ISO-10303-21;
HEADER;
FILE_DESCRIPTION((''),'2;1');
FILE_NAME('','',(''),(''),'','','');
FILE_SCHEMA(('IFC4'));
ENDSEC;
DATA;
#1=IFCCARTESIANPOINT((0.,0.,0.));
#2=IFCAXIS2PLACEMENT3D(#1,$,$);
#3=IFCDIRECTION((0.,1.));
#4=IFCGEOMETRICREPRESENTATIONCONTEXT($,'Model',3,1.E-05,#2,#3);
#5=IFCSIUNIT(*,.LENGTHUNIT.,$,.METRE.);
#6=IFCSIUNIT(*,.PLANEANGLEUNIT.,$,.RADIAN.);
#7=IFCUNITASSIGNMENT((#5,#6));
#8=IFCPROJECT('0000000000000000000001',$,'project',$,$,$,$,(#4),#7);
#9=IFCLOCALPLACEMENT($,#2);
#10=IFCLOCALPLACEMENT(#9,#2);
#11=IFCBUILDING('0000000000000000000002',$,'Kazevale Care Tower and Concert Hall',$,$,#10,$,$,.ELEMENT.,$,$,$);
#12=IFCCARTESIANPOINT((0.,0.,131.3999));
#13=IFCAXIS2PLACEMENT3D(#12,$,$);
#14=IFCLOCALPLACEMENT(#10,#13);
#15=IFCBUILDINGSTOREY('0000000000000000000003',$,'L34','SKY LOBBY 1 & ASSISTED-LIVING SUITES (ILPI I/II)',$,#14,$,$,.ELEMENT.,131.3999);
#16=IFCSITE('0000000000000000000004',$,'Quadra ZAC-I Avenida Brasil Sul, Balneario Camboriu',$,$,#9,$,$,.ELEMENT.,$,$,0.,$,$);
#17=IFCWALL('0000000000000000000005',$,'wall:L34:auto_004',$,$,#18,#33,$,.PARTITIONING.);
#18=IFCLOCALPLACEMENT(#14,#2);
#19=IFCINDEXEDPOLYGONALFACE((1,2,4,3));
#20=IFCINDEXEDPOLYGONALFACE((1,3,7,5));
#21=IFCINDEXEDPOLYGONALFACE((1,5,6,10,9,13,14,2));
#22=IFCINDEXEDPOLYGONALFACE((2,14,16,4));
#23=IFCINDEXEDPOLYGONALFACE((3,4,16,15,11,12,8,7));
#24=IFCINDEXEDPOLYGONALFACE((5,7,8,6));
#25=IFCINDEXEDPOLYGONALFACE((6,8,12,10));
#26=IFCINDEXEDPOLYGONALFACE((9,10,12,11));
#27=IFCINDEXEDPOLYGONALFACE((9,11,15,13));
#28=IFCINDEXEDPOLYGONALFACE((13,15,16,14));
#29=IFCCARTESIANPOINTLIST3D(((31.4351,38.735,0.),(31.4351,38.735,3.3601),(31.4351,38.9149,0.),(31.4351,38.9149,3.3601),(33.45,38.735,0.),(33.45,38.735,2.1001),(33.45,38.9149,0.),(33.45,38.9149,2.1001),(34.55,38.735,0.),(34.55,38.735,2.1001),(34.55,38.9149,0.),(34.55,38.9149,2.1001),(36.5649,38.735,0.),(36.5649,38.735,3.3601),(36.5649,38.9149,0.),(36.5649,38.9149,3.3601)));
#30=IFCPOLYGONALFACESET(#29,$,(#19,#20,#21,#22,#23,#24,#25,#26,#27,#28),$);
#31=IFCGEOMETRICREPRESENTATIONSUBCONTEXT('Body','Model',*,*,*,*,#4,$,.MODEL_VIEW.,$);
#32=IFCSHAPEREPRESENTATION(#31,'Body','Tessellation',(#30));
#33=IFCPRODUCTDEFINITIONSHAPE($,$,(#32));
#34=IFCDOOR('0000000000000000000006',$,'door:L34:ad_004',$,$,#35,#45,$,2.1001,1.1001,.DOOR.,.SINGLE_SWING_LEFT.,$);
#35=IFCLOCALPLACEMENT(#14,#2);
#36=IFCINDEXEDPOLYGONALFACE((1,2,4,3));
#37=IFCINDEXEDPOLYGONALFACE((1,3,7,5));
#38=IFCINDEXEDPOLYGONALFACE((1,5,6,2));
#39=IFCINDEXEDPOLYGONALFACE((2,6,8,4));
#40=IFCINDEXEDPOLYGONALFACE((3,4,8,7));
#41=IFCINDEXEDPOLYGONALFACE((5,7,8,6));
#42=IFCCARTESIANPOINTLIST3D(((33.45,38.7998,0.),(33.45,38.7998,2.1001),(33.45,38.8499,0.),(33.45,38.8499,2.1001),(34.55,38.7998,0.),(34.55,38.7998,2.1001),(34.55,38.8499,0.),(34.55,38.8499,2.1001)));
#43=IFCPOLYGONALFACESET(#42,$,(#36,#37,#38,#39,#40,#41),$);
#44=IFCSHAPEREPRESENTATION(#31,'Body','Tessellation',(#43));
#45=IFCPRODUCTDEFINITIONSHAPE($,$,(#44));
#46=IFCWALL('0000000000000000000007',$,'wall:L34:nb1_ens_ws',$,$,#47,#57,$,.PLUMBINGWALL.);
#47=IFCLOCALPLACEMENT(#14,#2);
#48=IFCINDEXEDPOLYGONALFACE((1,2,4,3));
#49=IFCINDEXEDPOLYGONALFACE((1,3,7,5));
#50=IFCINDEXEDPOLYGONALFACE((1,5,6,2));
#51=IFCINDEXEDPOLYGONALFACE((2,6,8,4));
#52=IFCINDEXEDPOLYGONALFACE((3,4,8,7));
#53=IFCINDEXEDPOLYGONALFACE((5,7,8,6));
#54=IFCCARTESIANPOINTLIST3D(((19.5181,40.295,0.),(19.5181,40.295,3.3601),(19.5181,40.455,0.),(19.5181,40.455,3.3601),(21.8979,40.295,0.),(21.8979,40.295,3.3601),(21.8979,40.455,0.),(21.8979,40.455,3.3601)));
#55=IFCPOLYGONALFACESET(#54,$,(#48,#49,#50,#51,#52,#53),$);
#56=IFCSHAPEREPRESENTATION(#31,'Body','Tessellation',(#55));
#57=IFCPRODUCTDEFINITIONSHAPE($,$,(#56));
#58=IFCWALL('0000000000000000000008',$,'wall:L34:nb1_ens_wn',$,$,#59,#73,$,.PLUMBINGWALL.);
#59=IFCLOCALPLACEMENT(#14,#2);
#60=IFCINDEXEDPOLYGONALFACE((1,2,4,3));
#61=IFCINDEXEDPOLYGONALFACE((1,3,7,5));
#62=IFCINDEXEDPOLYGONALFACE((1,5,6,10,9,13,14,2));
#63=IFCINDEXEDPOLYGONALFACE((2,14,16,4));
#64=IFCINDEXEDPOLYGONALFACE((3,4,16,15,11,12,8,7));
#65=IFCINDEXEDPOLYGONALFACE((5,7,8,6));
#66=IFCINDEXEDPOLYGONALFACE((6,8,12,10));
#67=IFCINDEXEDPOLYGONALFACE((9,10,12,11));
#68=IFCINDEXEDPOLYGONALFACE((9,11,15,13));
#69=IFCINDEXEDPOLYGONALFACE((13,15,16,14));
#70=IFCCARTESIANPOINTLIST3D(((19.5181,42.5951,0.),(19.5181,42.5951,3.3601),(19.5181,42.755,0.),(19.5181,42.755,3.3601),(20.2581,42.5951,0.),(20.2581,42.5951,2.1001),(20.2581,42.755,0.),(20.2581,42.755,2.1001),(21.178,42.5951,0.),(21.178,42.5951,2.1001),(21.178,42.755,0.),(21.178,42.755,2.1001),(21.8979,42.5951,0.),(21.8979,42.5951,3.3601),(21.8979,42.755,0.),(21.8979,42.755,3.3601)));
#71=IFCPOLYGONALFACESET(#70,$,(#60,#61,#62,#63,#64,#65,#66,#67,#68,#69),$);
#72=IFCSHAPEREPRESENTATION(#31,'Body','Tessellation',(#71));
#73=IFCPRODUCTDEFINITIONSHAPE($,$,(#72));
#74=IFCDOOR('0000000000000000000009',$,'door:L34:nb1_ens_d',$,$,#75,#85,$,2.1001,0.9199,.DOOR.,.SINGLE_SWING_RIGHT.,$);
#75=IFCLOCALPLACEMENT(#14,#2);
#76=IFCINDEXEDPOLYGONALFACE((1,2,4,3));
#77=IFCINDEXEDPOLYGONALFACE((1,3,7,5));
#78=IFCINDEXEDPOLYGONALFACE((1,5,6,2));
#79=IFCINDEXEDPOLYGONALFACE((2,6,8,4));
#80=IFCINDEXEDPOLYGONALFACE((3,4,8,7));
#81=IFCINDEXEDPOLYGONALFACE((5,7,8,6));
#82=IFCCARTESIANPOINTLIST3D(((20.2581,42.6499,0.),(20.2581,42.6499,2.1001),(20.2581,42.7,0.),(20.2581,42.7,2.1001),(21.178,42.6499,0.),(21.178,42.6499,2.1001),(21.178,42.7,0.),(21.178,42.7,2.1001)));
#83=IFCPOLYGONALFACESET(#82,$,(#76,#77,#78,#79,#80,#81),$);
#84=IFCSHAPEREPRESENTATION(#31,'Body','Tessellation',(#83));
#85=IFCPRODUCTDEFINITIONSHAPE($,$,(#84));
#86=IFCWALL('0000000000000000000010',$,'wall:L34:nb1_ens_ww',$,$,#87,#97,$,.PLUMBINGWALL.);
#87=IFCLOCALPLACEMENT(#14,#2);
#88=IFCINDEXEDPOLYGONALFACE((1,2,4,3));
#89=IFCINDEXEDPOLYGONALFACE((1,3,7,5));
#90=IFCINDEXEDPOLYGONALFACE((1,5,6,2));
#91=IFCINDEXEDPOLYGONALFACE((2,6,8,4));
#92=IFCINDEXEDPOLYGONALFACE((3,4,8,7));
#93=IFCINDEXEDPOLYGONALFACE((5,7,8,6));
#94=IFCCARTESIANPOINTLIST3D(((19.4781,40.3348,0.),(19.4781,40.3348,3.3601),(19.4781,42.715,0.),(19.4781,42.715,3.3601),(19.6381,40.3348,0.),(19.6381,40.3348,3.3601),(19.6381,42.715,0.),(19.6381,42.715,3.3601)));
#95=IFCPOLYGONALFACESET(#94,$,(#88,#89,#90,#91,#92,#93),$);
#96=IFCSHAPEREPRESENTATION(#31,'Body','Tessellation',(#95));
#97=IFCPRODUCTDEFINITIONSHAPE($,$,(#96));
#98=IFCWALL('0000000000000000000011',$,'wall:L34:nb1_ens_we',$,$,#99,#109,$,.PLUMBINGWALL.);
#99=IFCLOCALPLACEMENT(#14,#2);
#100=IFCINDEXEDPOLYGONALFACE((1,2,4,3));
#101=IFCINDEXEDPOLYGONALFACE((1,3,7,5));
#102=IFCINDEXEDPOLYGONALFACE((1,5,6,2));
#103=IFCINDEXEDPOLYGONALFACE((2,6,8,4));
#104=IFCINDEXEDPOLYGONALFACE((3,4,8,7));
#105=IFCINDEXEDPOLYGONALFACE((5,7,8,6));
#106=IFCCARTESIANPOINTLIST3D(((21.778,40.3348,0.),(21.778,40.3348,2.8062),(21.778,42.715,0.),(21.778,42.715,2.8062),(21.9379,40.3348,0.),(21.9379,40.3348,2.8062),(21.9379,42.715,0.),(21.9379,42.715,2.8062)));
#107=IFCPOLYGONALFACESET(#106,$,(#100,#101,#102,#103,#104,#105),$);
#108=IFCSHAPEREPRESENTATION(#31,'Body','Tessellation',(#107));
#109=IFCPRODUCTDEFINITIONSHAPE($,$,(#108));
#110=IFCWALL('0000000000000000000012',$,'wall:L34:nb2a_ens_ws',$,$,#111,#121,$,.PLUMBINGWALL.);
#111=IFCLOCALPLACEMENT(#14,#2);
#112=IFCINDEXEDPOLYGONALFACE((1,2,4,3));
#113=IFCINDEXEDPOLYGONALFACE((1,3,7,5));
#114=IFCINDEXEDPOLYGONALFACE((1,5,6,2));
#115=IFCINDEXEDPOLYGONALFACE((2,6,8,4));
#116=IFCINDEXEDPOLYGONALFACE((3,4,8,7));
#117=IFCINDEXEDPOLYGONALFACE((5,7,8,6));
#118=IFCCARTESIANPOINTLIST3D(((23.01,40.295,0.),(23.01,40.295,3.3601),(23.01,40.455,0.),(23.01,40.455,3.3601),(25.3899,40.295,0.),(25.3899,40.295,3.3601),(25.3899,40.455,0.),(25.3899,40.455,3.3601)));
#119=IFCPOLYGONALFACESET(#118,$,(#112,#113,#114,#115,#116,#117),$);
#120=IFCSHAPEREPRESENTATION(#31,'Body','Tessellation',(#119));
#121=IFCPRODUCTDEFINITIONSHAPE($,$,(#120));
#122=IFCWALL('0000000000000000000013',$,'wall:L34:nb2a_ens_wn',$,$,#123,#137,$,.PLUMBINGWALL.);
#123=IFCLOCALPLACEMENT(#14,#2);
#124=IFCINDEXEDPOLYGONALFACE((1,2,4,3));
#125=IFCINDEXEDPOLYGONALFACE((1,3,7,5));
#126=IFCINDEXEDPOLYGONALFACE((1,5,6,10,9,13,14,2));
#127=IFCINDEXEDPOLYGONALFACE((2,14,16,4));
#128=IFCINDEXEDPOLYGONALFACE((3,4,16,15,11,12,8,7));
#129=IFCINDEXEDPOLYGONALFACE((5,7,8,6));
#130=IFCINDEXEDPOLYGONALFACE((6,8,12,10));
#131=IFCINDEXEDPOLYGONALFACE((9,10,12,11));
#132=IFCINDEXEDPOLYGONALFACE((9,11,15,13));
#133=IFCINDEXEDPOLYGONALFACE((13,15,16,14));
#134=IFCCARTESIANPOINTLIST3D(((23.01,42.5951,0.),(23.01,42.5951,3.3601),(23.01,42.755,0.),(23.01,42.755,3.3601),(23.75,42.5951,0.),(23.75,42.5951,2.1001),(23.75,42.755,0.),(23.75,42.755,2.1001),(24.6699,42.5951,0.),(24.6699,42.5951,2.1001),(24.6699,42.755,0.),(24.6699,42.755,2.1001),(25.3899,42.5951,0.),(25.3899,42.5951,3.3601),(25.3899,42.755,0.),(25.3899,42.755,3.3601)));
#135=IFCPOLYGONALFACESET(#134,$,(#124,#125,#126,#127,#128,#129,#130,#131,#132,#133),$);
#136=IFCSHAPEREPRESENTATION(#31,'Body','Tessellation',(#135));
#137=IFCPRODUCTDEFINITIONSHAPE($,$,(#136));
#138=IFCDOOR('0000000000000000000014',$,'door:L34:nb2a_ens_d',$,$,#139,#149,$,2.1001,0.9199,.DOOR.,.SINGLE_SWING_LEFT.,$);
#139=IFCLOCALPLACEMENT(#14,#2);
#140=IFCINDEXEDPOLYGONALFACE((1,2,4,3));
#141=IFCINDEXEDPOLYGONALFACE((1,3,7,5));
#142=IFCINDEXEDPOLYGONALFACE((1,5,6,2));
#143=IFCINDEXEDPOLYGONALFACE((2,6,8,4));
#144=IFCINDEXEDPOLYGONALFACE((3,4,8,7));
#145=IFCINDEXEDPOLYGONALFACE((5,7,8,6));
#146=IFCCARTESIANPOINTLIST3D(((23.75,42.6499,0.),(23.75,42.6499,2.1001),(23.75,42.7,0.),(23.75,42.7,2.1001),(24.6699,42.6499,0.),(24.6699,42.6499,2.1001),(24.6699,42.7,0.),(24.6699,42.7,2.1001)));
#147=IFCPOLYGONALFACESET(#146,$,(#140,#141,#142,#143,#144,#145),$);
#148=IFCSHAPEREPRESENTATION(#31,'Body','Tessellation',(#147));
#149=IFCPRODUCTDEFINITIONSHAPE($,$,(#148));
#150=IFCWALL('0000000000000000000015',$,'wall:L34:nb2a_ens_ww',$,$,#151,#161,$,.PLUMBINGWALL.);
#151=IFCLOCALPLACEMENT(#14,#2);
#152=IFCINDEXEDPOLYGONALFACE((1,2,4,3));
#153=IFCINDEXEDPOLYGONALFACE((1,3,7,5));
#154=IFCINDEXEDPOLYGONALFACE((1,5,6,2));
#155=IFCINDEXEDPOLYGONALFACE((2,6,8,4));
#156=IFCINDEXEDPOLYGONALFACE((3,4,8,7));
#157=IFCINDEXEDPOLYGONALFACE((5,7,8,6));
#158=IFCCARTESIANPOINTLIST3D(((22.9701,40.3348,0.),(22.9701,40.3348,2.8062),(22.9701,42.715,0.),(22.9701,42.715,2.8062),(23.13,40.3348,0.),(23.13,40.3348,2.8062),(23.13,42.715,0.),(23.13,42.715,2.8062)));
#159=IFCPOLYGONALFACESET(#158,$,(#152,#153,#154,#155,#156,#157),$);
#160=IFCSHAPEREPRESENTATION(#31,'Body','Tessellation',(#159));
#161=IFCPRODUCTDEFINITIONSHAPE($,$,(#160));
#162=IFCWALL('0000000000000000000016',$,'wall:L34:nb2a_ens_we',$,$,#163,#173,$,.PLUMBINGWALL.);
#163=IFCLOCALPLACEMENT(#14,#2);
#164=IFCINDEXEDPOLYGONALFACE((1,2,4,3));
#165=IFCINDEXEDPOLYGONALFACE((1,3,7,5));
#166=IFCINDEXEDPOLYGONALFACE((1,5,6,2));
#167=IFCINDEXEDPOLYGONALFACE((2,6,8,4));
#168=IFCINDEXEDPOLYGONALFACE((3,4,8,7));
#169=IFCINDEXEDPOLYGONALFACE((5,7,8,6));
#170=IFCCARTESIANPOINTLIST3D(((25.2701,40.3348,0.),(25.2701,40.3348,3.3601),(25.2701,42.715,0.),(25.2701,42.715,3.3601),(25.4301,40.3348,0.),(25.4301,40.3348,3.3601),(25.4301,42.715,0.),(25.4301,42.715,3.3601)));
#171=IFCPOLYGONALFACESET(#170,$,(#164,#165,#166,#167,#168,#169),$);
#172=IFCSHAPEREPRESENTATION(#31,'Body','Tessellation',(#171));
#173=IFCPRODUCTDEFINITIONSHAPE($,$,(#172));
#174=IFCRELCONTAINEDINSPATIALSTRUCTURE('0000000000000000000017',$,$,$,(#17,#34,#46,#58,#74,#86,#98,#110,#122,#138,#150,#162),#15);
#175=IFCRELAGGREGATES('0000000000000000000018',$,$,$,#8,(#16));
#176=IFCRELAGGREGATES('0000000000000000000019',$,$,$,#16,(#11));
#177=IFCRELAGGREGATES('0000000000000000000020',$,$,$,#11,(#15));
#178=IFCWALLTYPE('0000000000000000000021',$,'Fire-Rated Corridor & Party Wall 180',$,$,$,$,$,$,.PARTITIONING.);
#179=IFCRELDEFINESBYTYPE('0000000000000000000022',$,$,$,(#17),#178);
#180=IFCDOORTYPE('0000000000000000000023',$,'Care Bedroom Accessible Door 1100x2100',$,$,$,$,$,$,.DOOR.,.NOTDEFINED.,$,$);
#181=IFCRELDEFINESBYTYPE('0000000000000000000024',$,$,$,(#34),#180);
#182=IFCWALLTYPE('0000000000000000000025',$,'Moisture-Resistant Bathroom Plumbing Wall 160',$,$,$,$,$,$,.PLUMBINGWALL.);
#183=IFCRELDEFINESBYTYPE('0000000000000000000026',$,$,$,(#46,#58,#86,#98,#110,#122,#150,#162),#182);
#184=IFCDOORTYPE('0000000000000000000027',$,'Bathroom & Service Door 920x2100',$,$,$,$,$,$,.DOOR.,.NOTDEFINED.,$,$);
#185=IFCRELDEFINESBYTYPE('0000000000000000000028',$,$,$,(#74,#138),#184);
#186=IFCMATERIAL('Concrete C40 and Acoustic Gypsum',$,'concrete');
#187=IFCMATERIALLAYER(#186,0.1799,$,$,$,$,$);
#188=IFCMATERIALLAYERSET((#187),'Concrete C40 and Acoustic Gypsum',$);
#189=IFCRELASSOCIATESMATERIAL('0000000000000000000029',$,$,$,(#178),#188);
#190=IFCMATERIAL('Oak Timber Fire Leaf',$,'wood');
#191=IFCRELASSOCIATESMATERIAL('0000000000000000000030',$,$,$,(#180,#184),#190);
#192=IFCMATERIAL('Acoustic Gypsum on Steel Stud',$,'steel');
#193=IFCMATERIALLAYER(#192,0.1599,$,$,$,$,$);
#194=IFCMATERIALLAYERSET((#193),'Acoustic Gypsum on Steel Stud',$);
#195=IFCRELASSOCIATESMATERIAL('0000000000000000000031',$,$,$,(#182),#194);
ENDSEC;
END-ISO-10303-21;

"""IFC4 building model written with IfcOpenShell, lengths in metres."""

from ifc_helpers import new_model, si_unit, direction, frame, frame_2d, origin, place, context, subcontext, project, spatial, rectangle, extrude, material, layer, layer_set, type_object, element, fill, save


model = new_model("IFC4")

# Units and contexts
model_context = context("Model", 3, precision=1e-05, world=origin(), true_north=direction((0.0, 1.0)))
body_context = subcontext(model_context, "Body", "Model", "MODEL_VIEW")
ifc_project = project(units=[si_unit("LENGTHUNIT", "METRE"), si_unit("PLANEANGLEUNIT", "RADIAN")], contexts=[model_context])

# Site, building, storey
site_placement = place(None, origin())
site = spatial("IfcSite", under=ifc_project, at=site_placement, Name="Quadra ZAC-I Avenida Brasil Sul, Balneario Camboriu", CompositionType="ELEMENT", RefElevation=0.0)
building_placement = place(site_placement, origin())
building = spatial("IfcBuilding", under=site, at=building_placement, Name="Kazevale Care Tower and Concert Hall", CompositionType="ELEMENT")
storey_placement = place(building_placement, frame((0.0, 0.0, 131.3999)))
storey = spatial("IfcBuildingStorey", under=building, at=storey_placement, Name="L34", Description="SKY LOBBY 1 & ASSISTED-LIVING SUITES (ILPI I/II)", CompositionType="ELEMENT", Elevation=131.3999)

# Wall, opening, door
ifc_material_1 = material(Name="Concrete C40 and Acoustic Gypsum", Category="concrete")
ifc_layer_1 = layer(ifc_material_1, 0.1799)
ifc_layer_set_1 = layer_set([ifc_layer_1], Name="Concrete C40 and Acoustic Gypsum")
wall_type_1 = type_object("IfcWallType", Name="Fire-Rated Corridor & Party Wall 180", PredefinedType="PARTITIONING", material=ifc_layer_set_1)
wall_1_placement = place(storey_placement, frame((31.4351, 38.825, 0.0), z_axis=(0.0, 0.0, 1.0), x_axis=(1.0, 0.0, 0.0)))
wall_1 = element("IfcWall", 1, at=wall_1_placement, inside=storey, type_object=wall_type_1, Name="wall:L34:auto_004", PredefinedType="PARTITIONING", context=body_context, shape_type="SweptSolid", body=[
    extrude(rectangle(XDim=5.1299, YDim=0.1799, at=frame_2d((2.5649, 0.0))), origin(), (0.0, 0.0, 1.0), 3.3601),
])
opening_1_placement = place(wall_1_placement, frame((2.0149, 0.0, 0.0)))
opening_1 = element("IfcOpeningElement", 2, at=opening_1_placement, cuts=wall_1, PredefinedType="OPENING", context=body_context, shape_type="SweptSolid", body=[
    extrude(rectangle(XDim=1.1001, YDim=2.1001, at=frame_2d((0.55, 1.05))), frame((0.0, 0.0999, 0.0), z_axis=(0.0, -1.0, 0.0), x_axis=(1.0, 0.0, 0.0)), (0.0, 0.0, 1.0), 0.2),
])
ifc_material_2 = material(Name="Oak Timber Fire Leaf", Category="wood")
door_type_1 = type_object("IfcDoorType", Name="Care Bedroom Accessible Door 1100x2100", OperationType="NOTDEFINED", PredefinedType="DOOR", material=ifc_material_2)
door_1_placement = place(opening_1_placement, origin())
door_1 = element("IfcDoor", 3, at=door_1_placement, inside=storey, type_object=door_type_1, Name="door:L34:ad_004", OperationType="SINGLE_SWING_LEFT", OverallHeight=2.1001, OverallWidth=1.1001, PredefinedType="DOOR", context=body_context, shape_type="SweptSolid", body=[
    extrude(rectangle(XDim=1.1001, YDim=2.1001, at=frame_2d((0.55, 1.05))), frame((0.0, 0.0249, 0.0), z_axis=(0.0, -1.0, 0.0), x_axis=(1.0, 0.0, 0.0)), (0.0, 0.0, 1.0), 0.05),
])
fill(opening_1, door_1)

# Wall
ifc_material_3 = material(Name="Acoustic Gypsum on Steel Stud", Category="steel")
ifc_layer_2 = layer(ifc_material_3, 0.1599)
ifc_layer_set_2 = layer_set([ifc_layer_2], Name="Acoustic Gypsum on Steel Stud")
wall_type_2 = type_object("IfcWallType", Name="Moisture-Resistant Bathroom Plumbing Wall 160", PredefinedType="PLUMBINGWALL", material=ifc_layer_set_2)
wall_2_placement = place(storey_placement, frame((19.5181, 40.375, 0.0), z_axis=(0.0, 0.0, 1.0), x_axis=(1.0, 0.0, 0.0)))
element("IfcWall", 4, at=wall_2_placement, inside=storey, type_object=wall_type_2, Name="wall:L34:nb1_ens_ws", PredefinedType="PLUMBINGWALL", context=body_context, shape_type="SweptSolid", body=[
    extrude(rectangle(XDim=2.3799, YDim=0.1599, at=frame_2d((1.1899, 0.0))), origin(), (0.0, 0.0, 1.0), 3.3601),
])

# Wall, opening, door
wall_3_placement = place(storey_placement, frame((19.5181, 42.675, 0.0), z_axis=(0.0, 0.0, 1.0), x_axis=(1.0, 0.0, 0.0)))
wall_3 = element("IfcWall", 5, at=wall_3_placement, inside=storey, type_object=wall_type_2, Name="wall:L34:nb1_ens_wn", PredefinedType="PLUMBINGWALL", context=body_context, shape_type="SweptSolid", body=[
    extrude(rectangle(XDim=2.3799, YDim=0.1599, at=frame_2d((1.1899, 0.0))), origin(), (0.0, 0.0, 1.0), 3.3601),
])
opening_2_placement = place(wall_3_placement, frame((0.74, 0.0, 0.0)))
opening_2 = element("IfcOpeningElement", 6, at=opening_2_placement, cuts=wall_3, PredefinedType="OPENING", context=body_context, shape_type="SweptSolid", body=[
    extrude(rectangle(XDim=0.9199, YDim=2.1001, at=frame_2d((0.46, 1.05))), frame((0.0, 0.0898, 0.0), z_axis=(0.0, -1.0, 0.0), x_axis=(1.0, 0.0, 0.0)), (0.0, 0.0, 1.0), 0.1799),
])
door_type_2 = type_object("IfcDoorType", Name="Bathroom & Service Door 920x2100", OperationType="NOTDEFINED", PredefinedType="DOOR", material=ifc_material_2)
door_2_placement = place(opening_2_placement, origin())
door_2 = element("IfcDoor", 7, at=door_2_placement, inside=storey, type_object=door_type_2, Name="door:L34:nb1_ens_d", OperationType="SINGLE_SWING_RIGHT", OverallHeight=2.1001, OverallWidth=0.9199, PredefinedType="DOOR", context=body_context, shape_type="SweptSolid", body=[
    extrude(rectangle(XDim=0.9199, YDim=2.1001, at=frame_2d((0.46, 1.05))), frame((0.0, 0.0249, 0.0), z_axis=(0.0, -1.0, 0.0), x_axis=(1.0, 0.0, 0.0)), (0.0, 0.0, 1.0), 0.05),
])
fill(opening_2, door_2)

# Walls
wall_4_placement = place(storey_placement, frame((19.5581, 40.335, 0.0), z_axis=(0.0, 0.0, 1.0), x_axis=(0.0, 1.0, 0.0)))
element("IfcWall", 8, at=wall_4_placement, inside=storey, type_object=wall_type_2, Name="wall:L34:nb1_ens_ww", PredefinedType="PLUMBINGWALL", context=body_context, shape_type="SweptSolid", body=[
    extrude(rectangle(XDim=2.3801, YDim=0.1599, at=frame_2d((1.1899, 0.0))), origin(), (0.0, 0.0, 1.0), 3.3601),
])
wall_5_placement = place(storey_placement, frame((21.8579, 40.335, 0.0), z_axis=(0.0, 0.0, 1.0), x_axis=(0.0, 1.0, 0.0)))
element("IfcWall", 9, at=wall_5_placement, inside=storey, type_object=wall_type_2, Name="wall:L34:nb1_ens_we", PredefinedType="PLUMBINGWALL", context=body_context, shape_type="SweptSolid", body=[
    extrude(rectangle(XDim=2.3801, YDim=0.1599, at=frame_2d((1.1899, 0.0))), origin(), (0.0, 0.0, 1.0), 2.8062),
])
wall_6_placement = place(storey_placement, frame((23.01, 40.375, 0.0), z_axis=(0.0, 0.0, 1.0), x_axis=(1.0, 0.0, 0.0)))
element("IfcWall", 10, at=wall_6_placement, inside=storey, type_object=wall_type_2, Name="wall:L34:nb2a_ens_ws", PredefinedType="PLUMBINGWALL", context=body_context, shape_type="SweptSolid", body=[
    extrude(rectangle(XDim=2.3799, YDim=0.1599, at=frame_2d((1.1899, 0.0))), origin(), (0.0, 0.0, 1.0), 3.3601),
])

# Wall, opening, door
wall_7_placement = place(storey_placement, frame((23.01, 42.675, 0.0), z_axis=(0.0, 0.0, 1.0), x_axis=(1.0, 0.0, 0.0)))
wall_7 = element("IfcWall", 11, at=wall_7_placement, inside=storey, type_object=wall_type_2, Name="wall:L34:nb2a_ens_wn", PredefinedType="PLUMBINGWALL", context=body_context, shape_type="SweptSolid", body=[
    extrude(rectangle(XDim=2.3799, YDim=0.1599, at=frame_2d((1.1899, 0.0))), origin(), (0.0, 0.0, 1.0), 3.3601),
])
opening_3_placement = place(wall_7_placement, frame((0.74, 0.0, 0.0)))
opening_3 = element("IfcOpeningElement", 12, at=opening_3_placement, cuts=wall_7, PredefinedType="OPENING", context=body_context, shape_type="SweptSolid", body=[
    extrude(rectangle(XDim=0.9199, YDim=2.1001, at=frame_2d((0.46, 1.05))), frame((0.0, 0.0898, 0.0), z_axis=(0.0, -1.0, 0.0), x_axis=(1.0, 0.0, 0.0)), (0.0, 0.0, 1.0), 0.1799),
])
door_3_placement = place(opening_3_placement, origin())
door_3 = element("IfcDoor", 13, at=door_3_placement, inside=storey, type_object=door_type_2, Name="door:L34:nb2a_ens_d", OperationType="SINGLE_SWING_LEFT", OverallHeight=2.1001, OverallWidth=0.9199, PredefinedType="DOOR", context=body_context, shape_type="SweptSolid", body=[
    extrude(rectangle(XDim=0.9199, YDim=2.1001, at=frame_2d((0.46, 1.05))), frame((0.0, 0.0249, 0.0), z_axis=(0.0, -1.0, 0.0), x_axis=(1.0, 0.0, 0.0)), (0.0, 0.0, 1.0), 0.05),
])
fill(opening_3, door_3)

# Walls
wall_8_placement = place(storey_placement, frame((23.05, 40.335, 0.0), z_axis=(0.0, 0.0, 1.0), x_axis=(0.0, 1.0, 0.0)))
element("IfcWall", 14, at=wall_8_placement, inside=storey, type_object=wall_type_2, Name="wall:L34:nb2a_ens_ww", PredefinedType="PLUMBINGWALL", context=body_context, shape_type="SweptSolid", body=[
    extrude(rectangle(XDim=2.3801, YDim=0.1599, at=frame_2d((1.1899, 0.0))), origin(), (0.0, 0.0, 1.0), 2.8062),
])
wall_9_placement = place(storey_placement, frame((25.3501, 40.335, 0.0), z_axis=(0.0, 0.0, 1.0), x_axis=(0.0, 1.0, 0.0)))
element("IfcWall", 15, at=wall_9_placement, inside=storey, type_object=wall_type_2, Name="wall:L34:nb2a_ens_we", PredefinedType="PLUMBINGWALL", context=body_context, shape_type="SweptSolid", body=[
    extrude(rectangle(XDim=2.3801, YDim=0.1599, at=frame_2d((1.1899, 0.0))), origin(), (0.0, 0.0, 1.0), 3.3601),
])

save(model, "model.ifc")
